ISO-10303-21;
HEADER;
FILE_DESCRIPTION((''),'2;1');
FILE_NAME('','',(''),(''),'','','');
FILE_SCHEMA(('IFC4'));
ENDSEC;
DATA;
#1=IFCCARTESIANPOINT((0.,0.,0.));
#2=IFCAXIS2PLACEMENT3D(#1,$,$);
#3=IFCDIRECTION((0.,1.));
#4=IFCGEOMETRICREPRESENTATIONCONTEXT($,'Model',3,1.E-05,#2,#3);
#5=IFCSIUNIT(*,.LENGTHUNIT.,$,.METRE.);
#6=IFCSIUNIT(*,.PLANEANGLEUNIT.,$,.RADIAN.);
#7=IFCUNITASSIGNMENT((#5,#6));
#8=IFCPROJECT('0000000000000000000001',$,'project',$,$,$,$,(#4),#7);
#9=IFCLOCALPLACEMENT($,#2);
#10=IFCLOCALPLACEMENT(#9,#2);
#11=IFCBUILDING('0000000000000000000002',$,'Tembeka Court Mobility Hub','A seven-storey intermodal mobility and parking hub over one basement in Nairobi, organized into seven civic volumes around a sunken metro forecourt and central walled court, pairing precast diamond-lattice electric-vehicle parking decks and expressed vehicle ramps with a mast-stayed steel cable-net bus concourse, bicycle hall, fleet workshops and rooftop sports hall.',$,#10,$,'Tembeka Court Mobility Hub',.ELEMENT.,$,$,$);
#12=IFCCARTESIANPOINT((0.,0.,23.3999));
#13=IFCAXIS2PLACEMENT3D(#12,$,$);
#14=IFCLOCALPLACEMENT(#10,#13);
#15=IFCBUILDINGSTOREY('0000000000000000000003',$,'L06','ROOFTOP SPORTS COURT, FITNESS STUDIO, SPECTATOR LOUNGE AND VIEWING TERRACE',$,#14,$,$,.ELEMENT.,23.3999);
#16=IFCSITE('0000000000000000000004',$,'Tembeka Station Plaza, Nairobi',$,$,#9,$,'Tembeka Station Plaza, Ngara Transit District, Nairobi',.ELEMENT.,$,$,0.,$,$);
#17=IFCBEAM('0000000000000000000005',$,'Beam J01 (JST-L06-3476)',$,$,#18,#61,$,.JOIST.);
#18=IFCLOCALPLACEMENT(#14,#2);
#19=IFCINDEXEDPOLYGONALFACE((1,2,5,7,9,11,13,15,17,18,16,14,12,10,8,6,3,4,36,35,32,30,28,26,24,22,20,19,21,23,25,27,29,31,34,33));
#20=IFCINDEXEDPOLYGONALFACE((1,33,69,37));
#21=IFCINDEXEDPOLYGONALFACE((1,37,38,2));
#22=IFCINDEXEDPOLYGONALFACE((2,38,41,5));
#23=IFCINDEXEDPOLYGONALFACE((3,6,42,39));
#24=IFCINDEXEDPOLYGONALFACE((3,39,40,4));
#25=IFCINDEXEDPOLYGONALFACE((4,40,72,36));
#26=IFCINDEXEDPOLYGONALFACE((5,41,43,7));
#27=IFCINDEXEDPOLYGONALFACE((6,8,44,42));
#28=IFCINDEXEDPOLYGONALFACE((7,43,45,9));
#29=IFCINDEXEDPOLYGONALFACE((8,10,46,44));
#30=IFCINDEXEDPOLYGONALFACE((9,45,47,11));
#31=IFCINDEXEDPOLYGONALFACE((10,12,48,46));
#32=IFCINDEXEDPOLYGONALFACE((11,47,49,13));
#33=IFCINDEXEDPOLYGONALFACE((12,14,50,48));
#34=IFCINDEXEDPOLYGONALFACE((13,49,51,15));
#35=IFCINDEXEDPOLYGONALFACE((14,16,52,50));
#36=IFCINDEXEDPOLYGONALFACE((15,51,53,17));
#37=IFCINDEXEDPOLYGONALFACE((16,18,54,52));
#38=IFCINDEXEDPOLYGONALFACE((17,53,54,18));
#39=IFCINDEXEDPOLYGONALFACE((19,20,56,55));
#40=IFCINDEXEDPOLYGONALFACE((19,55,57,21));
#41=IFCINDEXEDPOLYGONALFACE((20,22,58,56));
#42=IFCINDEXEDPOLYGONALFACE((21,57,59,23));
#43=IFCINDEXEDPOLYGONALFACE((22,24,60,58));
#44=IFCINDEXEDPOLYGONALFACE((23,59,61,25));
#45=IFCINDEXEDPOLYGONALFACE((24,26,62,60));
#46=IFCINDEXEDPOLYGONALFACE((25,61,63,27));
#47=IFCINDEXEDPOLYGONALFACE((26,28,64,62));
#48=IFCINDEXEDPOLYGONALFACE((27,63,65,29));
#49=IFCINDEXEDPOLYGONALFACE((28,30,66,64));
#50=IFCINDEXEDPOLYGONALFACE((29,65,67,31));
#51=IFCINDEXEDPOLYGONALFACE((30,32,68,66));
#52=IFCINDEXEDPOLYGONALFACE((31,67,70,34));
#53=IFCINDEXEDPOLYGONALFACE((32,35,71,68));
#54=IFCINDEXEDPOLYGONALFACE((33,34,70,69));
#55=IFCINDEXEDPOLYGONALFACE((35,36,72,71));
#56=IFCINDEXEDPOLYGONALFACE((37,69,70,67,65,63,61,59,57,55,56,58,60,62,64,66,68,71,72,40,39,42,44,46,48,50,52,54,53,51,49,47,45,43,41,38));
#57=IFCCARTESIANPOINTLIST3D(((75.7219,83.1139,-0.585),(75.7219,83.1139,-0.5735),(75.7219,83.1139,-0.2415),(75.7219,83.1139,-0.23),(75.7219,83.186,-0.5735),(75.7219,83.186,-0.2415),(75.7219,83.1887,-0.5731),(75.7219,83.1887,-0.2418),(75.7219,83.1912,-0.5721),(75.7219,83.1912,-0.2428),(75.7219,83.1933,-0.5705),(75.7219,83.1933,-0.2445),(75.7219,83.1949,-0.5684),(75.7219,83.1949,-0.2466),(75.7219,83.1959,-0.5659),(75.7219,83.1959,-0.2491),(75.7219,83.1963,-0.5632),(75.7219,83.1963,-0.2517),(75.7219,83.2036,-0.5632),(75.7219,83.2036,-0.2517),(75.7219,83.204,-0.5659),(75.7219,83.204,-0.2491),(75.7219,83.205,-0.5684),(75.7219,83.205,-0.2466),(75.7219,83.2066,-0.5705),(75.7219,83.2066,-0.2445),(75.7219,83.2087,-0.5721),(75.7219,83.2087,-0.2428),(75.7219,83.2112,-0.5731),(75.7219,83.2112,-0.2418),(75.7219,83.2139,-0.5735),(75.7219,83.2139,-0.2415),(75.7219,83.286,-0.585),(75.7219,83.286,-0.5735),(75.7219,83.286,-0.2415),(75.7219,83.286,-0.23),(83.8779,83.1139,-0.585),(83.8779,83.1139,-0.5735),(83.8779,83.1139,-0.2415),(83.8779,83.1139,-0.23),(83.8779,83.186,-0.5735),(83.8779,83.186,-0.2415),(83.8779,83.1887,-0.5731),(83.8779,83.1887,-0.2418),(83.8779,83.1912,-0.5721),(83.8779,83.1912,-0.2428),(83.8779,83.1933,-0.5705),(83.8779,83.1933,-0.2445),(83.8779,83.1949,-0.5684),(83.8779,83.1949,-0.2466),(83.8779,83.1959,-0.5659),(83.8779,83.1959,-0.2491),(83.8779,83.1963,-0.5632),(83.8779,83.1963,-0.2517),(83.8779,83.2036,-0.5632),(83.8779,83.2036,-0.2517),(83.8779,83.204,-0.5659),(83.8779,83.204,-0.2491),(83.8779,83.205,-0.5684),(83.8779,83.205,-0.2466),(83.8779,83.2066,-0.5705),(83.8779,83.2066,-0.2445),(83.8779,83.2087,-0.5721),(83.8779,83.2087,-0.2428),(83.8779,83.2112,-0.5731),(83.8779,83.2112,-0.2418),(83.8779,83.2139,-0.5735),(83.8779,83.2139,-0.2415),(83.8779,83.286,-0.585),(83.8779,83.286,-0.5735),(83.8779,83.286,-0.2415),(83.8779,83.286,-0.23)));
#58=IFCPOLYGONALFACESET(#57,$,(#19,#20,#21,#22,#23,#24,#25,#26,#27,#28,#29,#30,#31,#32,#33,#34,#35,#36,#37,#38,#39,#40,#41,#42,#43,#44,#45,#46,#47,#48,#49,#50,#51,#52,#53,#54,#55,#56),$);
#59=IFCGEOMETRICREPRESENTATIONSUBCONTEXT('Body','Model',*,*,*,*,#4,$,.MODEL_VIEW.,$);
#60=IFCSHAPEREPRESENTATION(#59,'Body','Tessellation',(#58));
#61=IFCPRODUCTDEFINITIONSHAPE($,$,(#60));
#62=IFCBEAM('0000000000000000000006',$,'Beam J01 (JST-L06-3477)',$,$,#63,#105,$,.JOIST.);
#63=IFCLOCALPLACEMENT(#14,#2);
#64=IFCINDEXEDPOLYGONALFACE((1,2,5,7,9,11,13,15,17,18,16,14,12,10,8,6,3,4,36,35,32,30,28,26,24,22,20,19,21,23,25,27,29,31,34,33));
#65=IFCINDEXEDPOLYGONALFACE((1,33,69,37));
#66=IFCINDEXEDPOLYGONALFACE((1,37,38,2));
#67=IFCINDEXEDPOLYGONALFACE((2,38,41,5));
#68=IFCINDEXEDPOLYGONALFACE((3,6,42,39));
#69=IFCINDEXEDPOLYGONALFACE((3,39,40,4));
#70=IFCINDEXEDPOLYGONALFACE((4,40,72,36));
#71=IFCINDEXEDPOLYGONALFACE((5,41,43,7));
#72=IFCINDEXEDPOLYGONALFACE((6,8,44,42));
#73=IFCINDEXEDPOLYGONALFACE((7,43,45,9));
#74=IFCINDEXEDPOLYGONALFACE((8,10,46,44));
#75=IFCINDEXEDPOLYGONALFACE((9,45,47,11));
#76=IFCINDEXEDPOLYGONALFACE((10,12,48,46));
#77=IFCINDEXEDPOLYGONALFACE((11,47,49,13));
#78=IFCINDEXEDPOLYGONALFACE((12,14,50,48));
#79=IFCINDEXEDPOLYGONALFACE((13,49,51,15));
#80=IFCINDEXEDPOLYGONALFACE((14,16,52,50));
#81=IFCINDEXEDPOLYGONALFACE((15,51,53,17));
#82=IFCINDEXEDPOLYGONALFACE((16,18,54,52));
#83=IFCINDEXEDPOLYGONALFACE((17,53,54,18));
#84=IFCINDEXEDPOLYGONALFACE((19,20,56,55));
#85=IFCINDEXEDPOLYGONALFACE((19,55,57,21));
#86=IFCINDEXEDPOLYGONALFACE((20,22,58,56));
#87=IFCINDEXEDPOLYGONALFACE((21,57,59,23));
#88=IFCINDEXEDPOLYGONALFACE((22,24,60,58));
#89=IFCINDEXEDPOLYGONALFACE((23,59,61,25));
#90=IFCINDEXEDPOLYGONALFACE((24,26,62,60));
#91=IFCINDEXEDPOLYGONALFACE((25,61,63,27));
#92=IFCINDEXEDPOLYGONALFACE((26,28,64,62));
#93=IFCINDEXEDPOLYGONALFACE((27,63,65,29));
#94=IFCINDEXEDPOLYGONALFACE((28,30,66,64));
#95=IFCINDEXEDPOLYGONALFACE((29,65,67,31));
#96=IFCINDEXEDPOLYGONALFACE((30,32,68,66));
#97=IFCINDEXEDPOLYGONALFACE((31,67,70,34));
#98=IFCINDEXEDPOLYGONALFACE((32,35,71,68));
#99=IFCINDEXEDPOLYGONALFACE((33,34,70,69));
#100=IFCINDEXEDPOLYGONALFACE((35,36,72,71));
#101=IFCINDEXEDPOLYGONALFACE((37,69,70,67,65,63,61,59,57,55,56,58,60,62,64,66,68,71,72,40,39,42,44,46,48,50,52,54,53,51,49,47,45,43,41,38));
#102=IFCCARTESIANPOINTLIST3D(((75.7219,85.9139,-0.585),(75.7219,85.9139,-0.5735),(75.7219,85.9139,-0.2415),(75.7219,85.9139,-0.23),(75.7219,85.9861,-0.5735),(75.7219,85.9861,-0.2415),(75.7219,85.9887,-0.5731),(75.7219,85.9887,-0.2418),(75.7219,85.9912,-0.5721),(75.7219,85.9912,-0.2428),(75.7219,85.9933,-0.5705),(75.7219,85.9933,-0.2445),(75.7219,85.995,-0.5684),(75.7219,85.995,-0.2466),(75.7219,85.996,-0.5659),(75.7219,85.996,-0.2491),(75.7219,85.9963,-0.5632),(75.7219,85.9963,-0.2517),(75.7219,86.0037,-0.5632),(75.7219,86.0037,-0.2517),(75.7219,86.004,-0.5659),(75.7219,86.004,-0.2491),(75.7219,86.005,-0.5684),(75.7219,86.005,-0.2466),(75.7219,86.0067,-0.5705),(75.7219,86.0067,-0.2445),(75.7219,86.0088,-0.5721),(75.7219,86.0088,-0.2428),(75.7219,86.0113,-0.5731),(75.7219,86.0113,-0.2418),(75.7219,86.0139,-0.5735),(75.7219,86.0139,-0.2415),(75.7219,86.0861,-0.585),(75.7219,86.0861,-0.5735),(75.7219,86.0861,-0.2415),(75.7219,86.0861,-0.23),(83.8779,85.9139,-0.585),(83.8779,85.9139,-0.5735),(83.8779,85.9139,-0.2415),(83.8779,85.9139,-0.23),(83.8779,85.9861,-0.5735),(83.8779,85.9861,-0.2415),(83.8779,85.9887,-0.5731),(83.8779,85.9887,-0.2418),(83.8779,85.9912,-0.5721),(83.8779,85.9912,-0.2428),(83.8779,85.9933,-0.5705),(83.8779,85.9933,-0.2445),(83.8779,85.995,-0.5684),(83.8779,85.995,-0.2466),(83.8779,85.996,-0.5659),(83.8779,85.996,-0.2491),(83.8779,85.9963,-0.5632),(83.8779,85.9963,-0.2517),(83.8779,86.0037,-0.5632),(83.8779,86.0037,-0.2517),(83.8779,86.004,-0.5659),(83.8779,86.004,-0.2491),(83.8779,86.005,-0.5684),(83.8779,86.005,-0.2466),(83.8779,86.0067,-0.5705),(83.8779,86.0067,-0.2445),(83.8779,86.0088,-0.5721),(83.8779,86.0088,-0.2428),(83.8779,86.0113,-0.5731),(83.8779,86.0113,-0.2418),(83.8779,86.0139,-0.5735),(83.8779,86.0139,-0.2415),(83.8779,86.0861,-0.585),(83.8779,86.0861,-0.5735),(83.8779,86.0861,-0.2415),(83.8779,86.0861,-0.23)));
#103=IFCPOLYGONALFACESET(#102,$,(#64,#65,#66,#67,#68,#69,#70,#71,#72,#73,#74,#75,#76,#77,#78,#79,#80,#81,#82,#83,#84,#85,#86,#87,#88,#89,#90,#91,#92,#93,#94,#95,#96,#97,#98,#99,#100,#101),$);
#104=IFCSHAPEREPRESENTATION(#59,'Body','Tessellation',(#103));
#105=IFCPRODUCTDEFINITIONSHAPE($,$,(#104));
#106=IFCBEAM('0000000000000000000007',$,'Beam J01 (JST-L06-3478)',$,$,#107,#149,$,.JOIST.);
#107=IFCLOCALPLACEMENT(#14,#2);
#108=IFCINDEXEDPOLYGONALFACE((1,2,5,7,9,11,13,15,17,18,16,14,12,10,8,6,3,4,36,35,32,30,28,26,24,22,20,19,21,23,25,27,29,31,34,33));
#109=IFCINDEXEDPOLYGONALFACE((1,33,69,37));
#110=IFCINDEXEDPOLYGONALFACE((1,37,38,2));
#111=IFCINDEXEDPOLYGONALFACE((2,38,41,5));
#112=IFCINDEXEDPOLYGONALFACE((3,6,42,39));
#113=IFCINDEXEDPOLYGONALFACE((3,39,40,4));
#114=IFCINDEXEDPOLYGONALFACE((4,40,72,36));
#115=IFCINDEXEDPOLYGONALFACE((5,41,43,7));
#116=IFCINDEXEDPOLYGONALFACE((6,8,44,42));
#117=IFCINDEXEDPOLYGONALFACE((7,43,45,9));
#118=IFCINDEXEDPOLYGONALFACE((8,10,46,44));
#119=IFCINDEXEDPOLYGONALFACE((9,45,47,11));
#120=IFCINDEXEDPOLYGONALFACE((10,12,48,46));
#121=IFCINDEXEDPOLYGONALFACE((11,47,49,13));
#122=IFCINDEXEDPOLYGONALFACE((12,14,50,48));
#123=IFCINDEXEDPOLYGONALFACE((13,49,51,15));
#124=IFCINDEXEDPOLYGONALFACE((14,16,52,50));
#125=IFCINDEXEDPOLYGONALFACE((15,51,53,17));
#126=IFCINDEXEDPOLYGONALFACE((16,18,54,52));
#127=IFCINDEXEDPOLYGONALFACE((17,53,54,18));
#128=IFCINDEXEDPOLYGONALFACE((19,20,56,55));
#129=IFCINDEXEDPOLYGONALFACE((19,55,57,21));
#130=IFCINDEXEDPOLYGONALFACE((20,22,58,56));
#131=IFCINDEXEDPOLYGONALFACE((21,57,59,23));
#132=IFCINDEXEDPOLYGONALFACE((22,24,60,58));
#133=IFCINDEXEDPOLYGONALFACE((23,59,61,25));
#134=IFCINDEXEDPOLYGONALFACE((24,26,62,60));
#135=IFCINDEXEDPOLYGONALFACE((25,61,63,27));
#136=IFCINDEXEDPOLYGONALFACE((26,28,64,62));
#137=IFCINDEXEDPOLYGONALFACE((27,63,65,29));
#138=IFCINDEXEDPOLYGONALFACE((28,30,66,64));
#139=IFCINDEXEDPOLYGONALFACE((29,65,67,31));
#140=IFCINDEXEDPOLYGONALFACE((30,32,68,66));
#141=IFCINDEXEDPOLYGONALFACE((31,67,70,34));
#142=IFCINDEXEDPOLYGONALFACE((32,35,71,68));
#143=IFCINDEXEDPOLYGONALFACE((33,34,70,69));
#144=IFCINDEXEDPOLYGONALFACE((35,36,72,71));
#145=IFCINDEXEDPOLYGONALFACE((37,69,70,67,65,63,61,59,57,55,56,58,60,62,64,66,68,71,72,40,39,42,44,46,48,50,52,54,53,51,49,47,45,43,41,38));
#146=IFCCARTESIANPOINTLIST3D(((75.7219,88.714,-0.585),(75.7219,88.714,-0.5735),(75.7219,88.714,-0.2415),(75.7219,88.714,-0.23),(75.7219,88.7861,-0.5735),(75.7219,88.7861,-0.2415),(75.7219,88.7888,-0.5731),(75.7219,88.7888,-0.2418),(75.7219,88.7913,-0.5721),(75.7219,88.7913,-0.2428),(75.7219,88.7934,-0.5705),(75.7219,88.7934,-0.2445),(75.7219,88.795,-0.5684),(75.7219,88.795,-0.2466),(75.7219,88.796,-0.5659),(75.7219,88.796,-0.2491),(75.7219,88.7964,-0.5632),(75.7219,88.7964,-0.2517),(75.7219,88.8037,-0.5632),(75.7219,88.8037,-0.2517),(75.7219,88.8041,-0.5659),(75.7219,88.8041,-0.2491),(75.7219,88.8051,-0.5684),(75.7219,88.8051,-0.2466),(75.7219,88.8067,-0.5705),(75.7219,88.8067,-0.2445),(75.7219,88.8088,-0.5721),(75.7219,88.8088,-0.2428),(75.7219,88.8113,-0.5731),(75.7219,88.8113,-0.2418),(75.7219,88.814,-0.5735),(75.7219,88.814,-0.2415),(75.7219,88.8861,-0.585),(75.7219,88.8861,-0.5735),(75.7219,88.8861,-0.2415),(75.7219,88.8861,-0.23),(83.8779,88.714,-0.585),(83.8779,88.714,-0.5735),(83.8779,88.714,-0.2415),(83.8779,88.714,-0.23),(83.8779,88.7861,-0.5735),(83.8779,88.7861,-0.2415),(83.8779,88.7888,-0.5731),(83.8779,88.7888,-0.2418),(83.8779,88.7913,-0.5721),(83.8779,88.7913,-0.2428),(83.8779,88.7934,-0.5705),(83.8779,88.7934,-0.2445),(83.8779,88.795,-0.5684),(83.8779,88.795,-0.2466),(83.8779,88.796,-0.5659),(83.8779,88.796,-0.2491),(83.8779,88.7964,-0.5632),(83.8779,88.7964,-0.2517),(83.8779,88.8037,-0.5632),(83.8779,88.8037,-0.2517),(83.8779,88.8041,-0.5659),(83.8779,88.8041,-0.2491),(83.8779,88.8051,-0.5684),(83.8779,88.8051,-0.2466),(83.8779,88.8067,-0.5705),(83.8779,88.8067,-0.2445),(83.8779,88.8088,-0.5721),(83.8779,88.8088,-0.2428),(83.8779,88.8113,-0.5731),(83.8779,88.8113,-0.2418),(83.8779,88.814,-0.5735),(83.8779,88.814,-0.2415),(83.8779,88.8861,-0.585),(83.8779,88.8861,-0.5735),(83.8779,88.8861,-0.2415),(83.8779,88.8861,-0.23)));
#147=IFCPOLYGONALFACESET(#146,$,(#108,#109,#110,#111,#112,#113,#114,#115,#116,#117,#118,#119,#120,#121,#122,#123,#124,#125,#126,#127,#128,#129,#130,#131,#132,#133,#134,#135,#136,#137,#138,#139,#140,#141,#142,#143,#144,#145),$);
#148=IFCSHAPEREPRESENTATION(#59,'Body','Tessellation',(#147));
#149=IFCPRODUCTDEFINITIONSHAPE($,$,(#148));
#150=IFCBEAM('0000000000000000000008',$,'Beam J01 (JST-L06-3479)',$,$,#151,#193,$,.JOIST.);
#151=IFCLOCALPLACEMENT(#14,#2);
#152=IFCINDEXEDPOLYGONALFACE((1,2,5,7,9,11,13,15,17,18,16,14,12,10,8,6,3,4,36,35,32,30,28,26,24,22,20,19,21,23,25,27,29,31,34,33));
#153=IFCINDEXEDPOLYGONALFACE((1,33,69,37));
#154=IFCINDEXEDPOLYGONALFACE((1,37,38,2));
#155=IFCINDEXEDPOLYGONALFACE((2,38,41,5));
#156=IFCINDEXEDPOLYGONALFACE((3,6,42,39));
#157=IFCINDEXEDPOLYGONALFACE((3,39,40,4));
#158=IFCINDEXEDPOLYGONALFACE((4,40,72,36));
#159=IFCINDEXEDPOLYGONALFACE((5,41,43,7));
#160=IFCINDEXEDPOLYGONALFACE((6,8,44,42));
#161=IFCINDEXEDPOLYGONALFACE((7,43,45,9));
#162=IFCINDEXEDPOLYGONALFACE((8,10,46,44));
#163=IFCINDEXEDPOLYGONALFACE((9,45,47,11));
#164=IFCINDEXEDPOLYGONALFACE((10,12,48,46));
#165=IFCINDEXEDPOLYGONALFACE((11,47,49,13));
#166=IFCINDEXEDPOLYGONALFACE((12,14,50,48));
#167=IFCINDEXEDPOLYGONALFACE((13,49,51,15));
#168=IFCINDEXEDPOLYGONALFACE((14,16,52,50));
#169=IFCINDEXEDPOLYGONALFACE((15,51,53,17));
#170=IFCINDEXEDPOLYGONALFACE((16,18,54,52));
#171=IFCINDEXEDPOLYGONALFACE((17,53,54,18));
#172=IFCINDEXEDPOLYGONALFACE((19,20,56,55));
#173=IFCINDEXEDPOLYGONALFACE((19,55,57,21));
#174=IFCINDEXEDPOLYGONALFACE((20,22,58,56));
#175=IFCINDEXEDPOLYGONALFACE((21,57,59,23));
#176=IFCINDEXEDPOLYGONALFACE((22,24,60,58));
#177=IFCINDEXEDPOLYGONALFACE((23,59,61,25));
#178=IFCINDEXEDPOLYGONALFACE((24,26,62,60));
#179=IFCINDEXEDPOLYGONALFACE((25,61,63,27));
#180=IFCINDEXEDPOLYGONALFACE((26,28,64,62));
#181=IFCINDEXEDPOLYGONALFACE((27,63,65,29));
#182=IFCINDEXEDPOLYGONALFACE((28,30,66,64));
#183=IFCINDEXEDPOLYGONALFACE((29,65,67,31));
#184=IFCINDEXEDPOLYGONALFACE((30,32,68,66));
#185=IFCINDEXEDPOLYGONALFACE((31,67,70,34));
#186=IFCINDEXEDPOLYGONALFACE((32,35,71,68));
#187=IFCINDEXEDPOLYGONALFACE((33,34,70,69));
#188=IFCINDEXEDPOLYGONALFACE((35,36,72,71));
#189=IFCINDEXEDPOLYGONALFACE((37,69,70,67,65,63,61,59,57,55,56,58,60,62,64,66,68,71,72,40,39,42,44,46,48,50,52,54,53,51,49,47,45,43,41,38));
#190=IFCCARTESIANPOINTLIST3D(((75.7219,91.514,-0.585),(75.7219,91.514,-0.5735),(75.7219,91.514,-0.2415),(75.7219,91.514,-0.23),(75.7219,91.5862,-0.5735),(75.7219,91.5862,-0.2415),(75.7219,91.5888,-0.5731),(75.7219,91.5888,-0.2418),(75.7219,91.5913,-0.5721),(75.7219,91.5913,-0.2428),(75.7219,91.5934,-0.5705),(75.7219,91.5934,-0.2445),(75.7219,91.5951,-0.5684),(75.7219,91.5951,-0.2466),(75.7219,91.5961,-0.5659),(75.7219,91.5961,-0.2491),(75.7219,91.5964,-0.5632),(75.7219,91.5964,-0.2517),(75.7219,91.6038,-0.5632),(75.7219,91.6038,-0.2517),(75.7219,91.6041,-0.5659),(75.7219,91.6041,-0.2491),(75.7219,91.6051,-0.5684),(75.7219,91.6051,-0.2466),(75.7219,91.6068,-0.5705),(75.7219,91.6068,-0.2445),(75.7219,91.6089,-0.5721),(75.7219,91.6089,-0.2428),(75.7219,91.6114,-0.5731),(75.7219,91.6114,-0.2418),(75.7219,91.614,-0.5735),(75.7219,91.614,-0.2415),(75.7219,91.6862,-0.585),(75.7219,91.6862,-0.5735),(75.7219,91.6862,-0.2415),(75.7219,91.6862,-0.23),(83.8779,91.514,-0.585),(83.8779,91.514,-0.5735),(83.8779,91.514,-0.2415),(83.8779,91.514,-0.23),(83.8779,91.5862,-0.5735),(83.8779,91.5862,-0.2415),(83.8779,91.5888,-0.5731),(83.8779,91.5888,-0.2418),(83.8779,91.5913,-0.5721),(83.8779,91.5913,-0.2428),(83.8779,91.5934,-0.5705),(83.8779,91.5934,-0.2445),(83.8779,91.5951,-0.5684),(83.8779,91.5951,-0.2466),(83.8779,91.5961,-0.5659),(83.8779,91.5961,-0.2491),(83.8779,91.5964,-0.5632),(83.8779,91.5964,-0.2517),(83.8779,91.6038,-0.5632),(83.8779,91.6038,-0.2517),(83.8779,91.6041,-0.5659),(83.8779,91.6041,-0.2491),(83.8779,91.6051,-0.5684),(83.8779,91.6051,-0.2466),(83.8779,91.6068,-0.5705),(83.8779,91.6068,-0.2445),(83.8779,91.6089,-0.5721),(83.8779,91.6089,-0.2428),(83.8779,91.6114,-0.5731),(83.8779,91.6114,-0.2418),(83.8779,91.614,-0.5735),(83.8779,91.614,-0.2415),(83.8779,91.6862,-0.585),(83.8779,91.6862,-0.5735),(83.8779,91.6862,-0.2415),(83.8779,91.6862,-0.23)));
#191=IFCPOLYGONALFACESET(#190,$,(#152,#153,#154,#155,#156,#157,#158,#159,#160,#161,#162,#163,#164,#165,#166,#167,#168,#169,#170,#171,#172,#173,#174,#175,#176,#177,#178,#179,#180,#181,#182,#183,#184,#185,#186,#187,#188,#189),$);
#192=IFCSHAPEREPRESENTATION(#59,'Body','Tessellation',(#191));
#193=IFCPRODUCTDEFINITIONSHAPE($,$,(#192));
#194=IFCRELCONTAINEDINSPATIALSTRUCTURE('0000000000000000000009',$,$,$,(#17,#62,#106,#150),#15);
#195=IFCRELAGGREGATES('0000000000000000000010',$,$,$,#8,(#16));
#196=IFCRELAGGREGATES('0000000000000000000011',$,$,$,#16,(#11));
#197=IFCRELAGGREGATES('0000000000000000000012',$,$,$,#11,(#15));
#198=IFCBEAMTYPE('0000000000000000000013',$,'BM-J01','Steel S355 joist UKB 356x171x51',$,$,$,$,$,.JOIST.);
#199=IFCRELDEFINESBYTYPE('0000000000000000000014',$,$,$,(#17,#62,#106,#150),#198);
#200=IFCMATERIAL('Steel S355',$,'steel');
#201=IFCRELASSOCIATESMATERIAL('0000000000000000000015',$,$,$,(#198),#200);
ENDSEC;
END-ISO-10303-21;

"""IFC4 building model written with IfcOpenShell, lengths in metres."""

from ifc_helpers import new_model, si_unit, direction, frame, origin, origin_2d, place, context, subcontext, project, spatial, i_section, extrude, material, material_profile, profile_set, type_object, element, save


model = new_model("IFC4")

# Units and contexts
model_context = context("Model", 3, precision=1e-05, world=origin(), true_north=direction((0.0, 1.0)))
body_context = subcontext(model_context, "Body", "Model", "MODEL_VIEW")
ifc_project = project(units=[si_unit("LENGTHUNIT", "METRE"), si_unit("PLANEANGLEUNIT", "RADIAN")], contexts=[model_context])

# Site, building, storey
site_placement = place(None, origin())
site = spatial("IfcSite", under=ifc_project, at=site_placement, Name="Tembeka Station Plaza, Nairobi", LongName="Tembeka Station Plaza, Ngara Transit District, Nairobi", CompositionType="ELEMENT", RefElevation=0.0)
building_placement = place(site_placement, origin())
building = spatial("IfcBuilding", under=site, at=building_placement, Name="Tembeka Court Mobility Hub", Description="A seven-storey intermodal mobility and parking hub over one basement in Nairobi, organized into seven civic volumes around a sunken metro forecourt and central walled court, pairing precast diamond-lattice electric-vehicle parking decks and expressed vehicle ramps with a mast-stayed steel cable-net bus concourse, bicycle hall, fleet workshops and rooftop sports hall.", LongName="Tembeka Court Mobility Hub", CompositionType="ELEMENT")
storey_placement = place(building_placement, frame((0.0, 0.0, 23.3999)))
storey = spatial("IfcBuildingStorey", under=building, at=storey_placement, Name="L06", Description="ROOFTOP SPORTS COURT, FITNESS STUDIO, SPECTATOR LOUNGE AND VIEWING TERRACE", CompositionType="ELEMENT", Elevation=23.3999)

# Shared definitions
ifc_material_1 = material(Name="Steel S355", Category="steel")

# Beams
ifc_material_profile_1 = material_profile(ifc_material_1, i_section(OverallWidth=0.1721, OverallDepth=0.355, WebThickness=0.0073, FlangeThickness=0.0115, FilletRadius=0.0103, at=origin_2d()), Name="UKB 356x171x51")
ifc_profile_set_1 = profile_set([ifc_material_profile_1], Name="Steel S355")
beam_type_1 = type_object("IfcBeamType", Name="BM-J01", Description="Steel S355 joist UKB 356x171x51", PredefinedType="JOIST", material=ifc_profile_set_1)
for number, where, z_axis, x_axis, name in (
    (1, (75.7219, 83.2, -0.4075), (1.0, 0.0, 0.0), (0.0, 1.0, 0.0), "Beam J01 (JST-L06-3476)"),
    (2, (75.7219, 86.0, -0.4075), (1.0, 0.0, 0.0), (0.0, 1.0, 0.0), "Beam J01 (JST-L06-3477)"),
    (3, (75.7219, 88.8, -0.4075), (1.0, 0.0, 0.0), (0.0, 1.0, 0.0), "Beam J01 (JST-L06-3478)"),
    (4, (75.7219, 91.6001, -0.4075), (1.0, 0.0, 0.0), (0.0, 1.0, 0.0), "Beam J01 (JST-L06-3479)"),
):
    element("IfcBeam", number, at=place(storey_placement, frame(where, z_axis=z_axis, x_axis=x_axis)), inside=storey, type_object=beam_type_1, Name=name, PredefinedType="JOIST", context=body_context, shape_type="SweptSolid", body=[
        extrude(i_section(OverallWidth=0.1721, OverallDepth=0.355, WebThickness=0.0073, FlangeThickness=0.0115, FilletRadius=0.0103, at=origin_2d()), origin(), (0.0, 0.0, 1.0), 8.156),
    ])

save(model, "model.ifc")
